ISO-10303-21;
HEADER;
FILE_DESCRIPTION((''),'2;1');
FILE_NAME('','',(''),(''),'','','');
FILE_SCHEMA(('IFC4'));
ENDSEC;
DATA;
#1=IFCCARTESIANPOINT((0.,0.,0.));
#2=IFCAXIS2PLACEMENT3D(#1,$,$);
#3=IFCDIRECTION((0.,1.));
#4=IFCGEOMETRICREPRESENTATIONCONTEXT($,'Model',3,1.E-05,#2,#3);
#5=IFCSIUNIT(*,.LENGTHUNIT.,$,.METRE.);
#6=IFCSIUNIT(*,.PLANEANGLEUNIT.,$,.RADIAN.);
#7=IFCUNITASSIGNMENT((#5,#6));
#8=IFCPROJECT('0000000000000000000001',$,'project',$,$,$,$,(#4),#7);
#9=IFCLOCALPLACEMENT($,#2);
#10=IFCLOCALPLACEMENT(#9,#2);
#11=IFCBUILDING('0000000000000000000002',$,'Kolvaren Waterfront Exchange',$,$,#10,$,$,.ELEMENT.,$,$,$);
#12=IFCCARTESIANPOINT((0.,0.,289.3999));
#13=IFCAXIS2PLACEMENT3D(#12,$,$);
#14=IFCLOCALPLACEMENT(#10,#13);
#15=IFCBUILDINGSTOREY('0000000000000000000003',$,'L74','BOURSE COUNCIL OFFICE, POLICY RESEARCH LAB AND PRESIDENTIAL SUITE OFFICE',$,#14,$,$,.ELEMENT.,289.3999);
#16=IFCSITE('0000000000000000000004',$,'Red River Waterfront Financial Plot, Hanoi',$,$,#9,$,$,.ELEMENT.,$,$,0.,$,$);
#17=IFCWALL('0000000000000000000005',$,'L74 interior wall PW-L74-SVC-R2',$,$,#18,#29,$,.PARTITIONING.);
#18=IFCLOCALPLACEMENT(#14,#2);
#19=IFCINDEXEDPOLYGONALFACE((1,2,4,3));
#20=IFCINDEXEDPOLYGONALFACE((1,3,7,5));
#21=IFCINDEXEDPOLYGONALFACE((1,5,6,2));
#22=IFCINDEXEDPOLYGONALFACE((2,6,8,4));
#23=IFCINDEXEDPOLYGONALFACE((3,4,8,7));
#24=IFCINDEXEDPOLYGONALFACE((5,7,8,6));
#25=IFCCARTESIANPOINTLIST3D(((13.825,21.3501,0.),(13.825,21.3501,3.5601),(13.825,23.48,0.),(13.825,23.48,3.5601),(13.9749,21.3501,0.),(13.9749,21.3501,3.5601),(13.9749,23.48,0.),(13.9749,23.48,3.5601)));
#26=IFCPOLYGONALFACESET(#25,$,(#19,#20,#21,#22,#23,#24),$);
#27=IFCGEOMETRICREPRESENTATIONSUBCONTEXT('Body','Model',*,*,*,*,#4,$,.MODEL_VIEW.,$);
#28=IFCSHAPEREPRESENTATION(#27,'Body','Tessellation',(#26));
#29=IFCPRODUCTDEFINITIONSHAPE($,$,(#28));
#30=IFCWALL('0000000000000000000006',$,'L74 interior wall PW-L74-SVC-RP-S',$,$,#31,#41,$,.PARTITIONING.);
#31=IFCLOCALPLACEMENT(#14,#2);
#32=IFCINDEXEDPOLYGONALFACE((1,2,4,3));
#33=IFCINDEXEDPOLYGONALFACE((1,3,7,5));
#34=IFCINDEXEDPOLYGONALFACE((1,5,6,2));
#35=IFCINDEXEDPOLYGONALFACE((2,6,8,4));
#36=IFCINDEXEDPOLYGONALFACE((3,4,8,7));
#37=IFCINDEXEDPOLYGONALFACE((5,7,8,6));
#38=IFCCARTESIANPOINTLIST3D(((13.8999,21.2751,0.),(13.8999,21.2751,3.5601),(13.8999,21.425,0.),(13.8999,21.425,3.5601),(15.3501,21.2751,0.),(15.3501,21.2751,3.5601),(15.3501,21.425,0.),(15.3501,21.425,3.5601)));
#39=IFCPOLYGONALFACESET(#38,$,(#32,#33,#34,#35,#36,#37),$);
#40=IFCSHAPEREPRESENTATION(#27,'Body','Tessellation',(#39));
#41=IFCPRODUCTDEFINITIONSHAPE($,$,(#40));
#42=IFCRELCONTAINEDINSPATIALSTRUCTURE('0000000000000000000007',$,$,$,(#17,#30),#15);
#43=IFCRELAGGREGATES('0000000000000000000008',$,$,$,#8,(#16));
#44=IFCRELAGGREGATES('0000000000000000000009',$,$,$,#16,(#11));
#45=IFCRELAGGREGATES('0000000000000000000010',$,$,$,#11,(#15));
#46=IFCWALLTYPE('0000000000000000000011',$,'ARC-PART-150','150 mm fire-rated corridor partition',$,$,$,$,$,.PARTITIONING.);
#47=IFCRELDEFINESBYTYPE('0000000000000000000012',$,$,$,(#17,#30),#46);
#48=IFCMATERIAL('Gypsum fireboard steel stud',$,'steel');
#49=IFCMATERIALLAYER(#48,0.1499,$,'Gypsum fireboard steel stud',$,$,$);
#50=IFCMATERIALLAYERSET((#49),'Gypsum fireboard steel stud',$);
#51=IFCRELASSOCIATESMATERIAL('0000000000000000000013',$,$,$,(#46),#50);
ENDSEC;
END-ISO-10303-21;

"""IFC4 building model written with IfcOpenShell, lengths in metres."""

from ifc_helpers import new_model, si_unit, direction, frame, frame_2d, origin, place, context, subcontext, project, spatial, rectangle, extrude, material, layer, layer_set, type_object, element, save


model = new_model("IFC4")

# Units and contexts
model_context = context("Model", 3, precision=1e-05, world=origin(), true_north=direction((0.0, 1.0)))
body_context = subcontext(model_context, "Body", "Model", "MODEL_VIEW")
ifc_project = project(units=[si_unit("LENGTHUNIT", "METRE"), si_unit("PLANEANGLEUNIT", "RADIAN")], contexts=[model_context])

# Site, building, storey
site_placement = place(None, origin())
site = spatial("IfcSite", under=ifc_project, at=site_placement, Name="Red River Waterfront Financial Plot, Hanoi", CompositionType="ELEMENT", RefElevation=0.0)
building_placement = place(site_placement, origin())
building = spatial("IfcBuilding", under=site, at=building_placement, Name="Kolvaren Waterfront Exchange", CompositionType="ELEMENT")
storey_placement = place(building_placement, frame((0.0, 0.0, 289.3999)))
storey = spatial("IfcBuildingStorey", under=building, at=storey_placement, Name="L74", Description="BOURSE COUNCIL OFFICE, POLICY RESEARCH LAB AND PRESIDENTIAL SUITE OFFICE", CompositionType="ELEMENT", Elevation=289.3999)

# Walls
ifc_material_1 = material(Name="Gypsum fireboard steel stud", Category="steel")
ifc_layer_1 = layer(ifc_material_1, 0.1499, Name="Gypsum fireboard steel stud")
ifc_layer_set_1 = layer_set([ifc_layer_1], Name="Gypsum fireboard steel stud")
wall_type_1 = type_object("IfcWallType", Name="ARC-PART-150", Description="150 mm fire-rated corridor partition", PredefinedType="PARTITIONING", material=ifc_layer_set_1)
for number, where, z_axis, x_axis, name in (
    (1, (13.8999, 21.3501, 0.0), (0.0, 0.0, 1.0), (0.0, 1.0, 0.0), "L74 interior wall PW-L74-SVC-R2"),
):
    element("IfcWall", number, at=place(storey_placement, frame(where, z_axis=z_axis, x_axis=x_axis)), inside=storey, type_object=wall_type_1, Name=name, PredefinedType="PARTITIONING", context=body_context, shape_type="SweptSolid", body=[
        extrude(rectangle(XDim=2.1299, YDim=0.1499, at=frame_2d((1.0649, 0.0))), origin(), (0.0, 0.0, 1.0), 3.5601),
    ])
wall_1_placement = place(storey_placement, frame((13.8999, 21.3501, 0.0), z_axis=(0.0, 0.0, 1.0), x_axis=(1.0, 0.0, 0.0)))
element("IfcWall", 2, at=wall_1_placement, inside=storey, type_object=wall_type_1, Name="L74 interior wall PW-L74-SVC-RP-S", PredefinedType="PARTITIONING", context=body_context, shape_type="SweptSolid", body=[
    extrude(rectangle(XDim=1.4502, YDim=0.1499, at=frame_2d((0.7251, 0.0))), origin(), (0.0, 0.0, 1.0), 3.5601),
])

save(model, "model.ifc")
